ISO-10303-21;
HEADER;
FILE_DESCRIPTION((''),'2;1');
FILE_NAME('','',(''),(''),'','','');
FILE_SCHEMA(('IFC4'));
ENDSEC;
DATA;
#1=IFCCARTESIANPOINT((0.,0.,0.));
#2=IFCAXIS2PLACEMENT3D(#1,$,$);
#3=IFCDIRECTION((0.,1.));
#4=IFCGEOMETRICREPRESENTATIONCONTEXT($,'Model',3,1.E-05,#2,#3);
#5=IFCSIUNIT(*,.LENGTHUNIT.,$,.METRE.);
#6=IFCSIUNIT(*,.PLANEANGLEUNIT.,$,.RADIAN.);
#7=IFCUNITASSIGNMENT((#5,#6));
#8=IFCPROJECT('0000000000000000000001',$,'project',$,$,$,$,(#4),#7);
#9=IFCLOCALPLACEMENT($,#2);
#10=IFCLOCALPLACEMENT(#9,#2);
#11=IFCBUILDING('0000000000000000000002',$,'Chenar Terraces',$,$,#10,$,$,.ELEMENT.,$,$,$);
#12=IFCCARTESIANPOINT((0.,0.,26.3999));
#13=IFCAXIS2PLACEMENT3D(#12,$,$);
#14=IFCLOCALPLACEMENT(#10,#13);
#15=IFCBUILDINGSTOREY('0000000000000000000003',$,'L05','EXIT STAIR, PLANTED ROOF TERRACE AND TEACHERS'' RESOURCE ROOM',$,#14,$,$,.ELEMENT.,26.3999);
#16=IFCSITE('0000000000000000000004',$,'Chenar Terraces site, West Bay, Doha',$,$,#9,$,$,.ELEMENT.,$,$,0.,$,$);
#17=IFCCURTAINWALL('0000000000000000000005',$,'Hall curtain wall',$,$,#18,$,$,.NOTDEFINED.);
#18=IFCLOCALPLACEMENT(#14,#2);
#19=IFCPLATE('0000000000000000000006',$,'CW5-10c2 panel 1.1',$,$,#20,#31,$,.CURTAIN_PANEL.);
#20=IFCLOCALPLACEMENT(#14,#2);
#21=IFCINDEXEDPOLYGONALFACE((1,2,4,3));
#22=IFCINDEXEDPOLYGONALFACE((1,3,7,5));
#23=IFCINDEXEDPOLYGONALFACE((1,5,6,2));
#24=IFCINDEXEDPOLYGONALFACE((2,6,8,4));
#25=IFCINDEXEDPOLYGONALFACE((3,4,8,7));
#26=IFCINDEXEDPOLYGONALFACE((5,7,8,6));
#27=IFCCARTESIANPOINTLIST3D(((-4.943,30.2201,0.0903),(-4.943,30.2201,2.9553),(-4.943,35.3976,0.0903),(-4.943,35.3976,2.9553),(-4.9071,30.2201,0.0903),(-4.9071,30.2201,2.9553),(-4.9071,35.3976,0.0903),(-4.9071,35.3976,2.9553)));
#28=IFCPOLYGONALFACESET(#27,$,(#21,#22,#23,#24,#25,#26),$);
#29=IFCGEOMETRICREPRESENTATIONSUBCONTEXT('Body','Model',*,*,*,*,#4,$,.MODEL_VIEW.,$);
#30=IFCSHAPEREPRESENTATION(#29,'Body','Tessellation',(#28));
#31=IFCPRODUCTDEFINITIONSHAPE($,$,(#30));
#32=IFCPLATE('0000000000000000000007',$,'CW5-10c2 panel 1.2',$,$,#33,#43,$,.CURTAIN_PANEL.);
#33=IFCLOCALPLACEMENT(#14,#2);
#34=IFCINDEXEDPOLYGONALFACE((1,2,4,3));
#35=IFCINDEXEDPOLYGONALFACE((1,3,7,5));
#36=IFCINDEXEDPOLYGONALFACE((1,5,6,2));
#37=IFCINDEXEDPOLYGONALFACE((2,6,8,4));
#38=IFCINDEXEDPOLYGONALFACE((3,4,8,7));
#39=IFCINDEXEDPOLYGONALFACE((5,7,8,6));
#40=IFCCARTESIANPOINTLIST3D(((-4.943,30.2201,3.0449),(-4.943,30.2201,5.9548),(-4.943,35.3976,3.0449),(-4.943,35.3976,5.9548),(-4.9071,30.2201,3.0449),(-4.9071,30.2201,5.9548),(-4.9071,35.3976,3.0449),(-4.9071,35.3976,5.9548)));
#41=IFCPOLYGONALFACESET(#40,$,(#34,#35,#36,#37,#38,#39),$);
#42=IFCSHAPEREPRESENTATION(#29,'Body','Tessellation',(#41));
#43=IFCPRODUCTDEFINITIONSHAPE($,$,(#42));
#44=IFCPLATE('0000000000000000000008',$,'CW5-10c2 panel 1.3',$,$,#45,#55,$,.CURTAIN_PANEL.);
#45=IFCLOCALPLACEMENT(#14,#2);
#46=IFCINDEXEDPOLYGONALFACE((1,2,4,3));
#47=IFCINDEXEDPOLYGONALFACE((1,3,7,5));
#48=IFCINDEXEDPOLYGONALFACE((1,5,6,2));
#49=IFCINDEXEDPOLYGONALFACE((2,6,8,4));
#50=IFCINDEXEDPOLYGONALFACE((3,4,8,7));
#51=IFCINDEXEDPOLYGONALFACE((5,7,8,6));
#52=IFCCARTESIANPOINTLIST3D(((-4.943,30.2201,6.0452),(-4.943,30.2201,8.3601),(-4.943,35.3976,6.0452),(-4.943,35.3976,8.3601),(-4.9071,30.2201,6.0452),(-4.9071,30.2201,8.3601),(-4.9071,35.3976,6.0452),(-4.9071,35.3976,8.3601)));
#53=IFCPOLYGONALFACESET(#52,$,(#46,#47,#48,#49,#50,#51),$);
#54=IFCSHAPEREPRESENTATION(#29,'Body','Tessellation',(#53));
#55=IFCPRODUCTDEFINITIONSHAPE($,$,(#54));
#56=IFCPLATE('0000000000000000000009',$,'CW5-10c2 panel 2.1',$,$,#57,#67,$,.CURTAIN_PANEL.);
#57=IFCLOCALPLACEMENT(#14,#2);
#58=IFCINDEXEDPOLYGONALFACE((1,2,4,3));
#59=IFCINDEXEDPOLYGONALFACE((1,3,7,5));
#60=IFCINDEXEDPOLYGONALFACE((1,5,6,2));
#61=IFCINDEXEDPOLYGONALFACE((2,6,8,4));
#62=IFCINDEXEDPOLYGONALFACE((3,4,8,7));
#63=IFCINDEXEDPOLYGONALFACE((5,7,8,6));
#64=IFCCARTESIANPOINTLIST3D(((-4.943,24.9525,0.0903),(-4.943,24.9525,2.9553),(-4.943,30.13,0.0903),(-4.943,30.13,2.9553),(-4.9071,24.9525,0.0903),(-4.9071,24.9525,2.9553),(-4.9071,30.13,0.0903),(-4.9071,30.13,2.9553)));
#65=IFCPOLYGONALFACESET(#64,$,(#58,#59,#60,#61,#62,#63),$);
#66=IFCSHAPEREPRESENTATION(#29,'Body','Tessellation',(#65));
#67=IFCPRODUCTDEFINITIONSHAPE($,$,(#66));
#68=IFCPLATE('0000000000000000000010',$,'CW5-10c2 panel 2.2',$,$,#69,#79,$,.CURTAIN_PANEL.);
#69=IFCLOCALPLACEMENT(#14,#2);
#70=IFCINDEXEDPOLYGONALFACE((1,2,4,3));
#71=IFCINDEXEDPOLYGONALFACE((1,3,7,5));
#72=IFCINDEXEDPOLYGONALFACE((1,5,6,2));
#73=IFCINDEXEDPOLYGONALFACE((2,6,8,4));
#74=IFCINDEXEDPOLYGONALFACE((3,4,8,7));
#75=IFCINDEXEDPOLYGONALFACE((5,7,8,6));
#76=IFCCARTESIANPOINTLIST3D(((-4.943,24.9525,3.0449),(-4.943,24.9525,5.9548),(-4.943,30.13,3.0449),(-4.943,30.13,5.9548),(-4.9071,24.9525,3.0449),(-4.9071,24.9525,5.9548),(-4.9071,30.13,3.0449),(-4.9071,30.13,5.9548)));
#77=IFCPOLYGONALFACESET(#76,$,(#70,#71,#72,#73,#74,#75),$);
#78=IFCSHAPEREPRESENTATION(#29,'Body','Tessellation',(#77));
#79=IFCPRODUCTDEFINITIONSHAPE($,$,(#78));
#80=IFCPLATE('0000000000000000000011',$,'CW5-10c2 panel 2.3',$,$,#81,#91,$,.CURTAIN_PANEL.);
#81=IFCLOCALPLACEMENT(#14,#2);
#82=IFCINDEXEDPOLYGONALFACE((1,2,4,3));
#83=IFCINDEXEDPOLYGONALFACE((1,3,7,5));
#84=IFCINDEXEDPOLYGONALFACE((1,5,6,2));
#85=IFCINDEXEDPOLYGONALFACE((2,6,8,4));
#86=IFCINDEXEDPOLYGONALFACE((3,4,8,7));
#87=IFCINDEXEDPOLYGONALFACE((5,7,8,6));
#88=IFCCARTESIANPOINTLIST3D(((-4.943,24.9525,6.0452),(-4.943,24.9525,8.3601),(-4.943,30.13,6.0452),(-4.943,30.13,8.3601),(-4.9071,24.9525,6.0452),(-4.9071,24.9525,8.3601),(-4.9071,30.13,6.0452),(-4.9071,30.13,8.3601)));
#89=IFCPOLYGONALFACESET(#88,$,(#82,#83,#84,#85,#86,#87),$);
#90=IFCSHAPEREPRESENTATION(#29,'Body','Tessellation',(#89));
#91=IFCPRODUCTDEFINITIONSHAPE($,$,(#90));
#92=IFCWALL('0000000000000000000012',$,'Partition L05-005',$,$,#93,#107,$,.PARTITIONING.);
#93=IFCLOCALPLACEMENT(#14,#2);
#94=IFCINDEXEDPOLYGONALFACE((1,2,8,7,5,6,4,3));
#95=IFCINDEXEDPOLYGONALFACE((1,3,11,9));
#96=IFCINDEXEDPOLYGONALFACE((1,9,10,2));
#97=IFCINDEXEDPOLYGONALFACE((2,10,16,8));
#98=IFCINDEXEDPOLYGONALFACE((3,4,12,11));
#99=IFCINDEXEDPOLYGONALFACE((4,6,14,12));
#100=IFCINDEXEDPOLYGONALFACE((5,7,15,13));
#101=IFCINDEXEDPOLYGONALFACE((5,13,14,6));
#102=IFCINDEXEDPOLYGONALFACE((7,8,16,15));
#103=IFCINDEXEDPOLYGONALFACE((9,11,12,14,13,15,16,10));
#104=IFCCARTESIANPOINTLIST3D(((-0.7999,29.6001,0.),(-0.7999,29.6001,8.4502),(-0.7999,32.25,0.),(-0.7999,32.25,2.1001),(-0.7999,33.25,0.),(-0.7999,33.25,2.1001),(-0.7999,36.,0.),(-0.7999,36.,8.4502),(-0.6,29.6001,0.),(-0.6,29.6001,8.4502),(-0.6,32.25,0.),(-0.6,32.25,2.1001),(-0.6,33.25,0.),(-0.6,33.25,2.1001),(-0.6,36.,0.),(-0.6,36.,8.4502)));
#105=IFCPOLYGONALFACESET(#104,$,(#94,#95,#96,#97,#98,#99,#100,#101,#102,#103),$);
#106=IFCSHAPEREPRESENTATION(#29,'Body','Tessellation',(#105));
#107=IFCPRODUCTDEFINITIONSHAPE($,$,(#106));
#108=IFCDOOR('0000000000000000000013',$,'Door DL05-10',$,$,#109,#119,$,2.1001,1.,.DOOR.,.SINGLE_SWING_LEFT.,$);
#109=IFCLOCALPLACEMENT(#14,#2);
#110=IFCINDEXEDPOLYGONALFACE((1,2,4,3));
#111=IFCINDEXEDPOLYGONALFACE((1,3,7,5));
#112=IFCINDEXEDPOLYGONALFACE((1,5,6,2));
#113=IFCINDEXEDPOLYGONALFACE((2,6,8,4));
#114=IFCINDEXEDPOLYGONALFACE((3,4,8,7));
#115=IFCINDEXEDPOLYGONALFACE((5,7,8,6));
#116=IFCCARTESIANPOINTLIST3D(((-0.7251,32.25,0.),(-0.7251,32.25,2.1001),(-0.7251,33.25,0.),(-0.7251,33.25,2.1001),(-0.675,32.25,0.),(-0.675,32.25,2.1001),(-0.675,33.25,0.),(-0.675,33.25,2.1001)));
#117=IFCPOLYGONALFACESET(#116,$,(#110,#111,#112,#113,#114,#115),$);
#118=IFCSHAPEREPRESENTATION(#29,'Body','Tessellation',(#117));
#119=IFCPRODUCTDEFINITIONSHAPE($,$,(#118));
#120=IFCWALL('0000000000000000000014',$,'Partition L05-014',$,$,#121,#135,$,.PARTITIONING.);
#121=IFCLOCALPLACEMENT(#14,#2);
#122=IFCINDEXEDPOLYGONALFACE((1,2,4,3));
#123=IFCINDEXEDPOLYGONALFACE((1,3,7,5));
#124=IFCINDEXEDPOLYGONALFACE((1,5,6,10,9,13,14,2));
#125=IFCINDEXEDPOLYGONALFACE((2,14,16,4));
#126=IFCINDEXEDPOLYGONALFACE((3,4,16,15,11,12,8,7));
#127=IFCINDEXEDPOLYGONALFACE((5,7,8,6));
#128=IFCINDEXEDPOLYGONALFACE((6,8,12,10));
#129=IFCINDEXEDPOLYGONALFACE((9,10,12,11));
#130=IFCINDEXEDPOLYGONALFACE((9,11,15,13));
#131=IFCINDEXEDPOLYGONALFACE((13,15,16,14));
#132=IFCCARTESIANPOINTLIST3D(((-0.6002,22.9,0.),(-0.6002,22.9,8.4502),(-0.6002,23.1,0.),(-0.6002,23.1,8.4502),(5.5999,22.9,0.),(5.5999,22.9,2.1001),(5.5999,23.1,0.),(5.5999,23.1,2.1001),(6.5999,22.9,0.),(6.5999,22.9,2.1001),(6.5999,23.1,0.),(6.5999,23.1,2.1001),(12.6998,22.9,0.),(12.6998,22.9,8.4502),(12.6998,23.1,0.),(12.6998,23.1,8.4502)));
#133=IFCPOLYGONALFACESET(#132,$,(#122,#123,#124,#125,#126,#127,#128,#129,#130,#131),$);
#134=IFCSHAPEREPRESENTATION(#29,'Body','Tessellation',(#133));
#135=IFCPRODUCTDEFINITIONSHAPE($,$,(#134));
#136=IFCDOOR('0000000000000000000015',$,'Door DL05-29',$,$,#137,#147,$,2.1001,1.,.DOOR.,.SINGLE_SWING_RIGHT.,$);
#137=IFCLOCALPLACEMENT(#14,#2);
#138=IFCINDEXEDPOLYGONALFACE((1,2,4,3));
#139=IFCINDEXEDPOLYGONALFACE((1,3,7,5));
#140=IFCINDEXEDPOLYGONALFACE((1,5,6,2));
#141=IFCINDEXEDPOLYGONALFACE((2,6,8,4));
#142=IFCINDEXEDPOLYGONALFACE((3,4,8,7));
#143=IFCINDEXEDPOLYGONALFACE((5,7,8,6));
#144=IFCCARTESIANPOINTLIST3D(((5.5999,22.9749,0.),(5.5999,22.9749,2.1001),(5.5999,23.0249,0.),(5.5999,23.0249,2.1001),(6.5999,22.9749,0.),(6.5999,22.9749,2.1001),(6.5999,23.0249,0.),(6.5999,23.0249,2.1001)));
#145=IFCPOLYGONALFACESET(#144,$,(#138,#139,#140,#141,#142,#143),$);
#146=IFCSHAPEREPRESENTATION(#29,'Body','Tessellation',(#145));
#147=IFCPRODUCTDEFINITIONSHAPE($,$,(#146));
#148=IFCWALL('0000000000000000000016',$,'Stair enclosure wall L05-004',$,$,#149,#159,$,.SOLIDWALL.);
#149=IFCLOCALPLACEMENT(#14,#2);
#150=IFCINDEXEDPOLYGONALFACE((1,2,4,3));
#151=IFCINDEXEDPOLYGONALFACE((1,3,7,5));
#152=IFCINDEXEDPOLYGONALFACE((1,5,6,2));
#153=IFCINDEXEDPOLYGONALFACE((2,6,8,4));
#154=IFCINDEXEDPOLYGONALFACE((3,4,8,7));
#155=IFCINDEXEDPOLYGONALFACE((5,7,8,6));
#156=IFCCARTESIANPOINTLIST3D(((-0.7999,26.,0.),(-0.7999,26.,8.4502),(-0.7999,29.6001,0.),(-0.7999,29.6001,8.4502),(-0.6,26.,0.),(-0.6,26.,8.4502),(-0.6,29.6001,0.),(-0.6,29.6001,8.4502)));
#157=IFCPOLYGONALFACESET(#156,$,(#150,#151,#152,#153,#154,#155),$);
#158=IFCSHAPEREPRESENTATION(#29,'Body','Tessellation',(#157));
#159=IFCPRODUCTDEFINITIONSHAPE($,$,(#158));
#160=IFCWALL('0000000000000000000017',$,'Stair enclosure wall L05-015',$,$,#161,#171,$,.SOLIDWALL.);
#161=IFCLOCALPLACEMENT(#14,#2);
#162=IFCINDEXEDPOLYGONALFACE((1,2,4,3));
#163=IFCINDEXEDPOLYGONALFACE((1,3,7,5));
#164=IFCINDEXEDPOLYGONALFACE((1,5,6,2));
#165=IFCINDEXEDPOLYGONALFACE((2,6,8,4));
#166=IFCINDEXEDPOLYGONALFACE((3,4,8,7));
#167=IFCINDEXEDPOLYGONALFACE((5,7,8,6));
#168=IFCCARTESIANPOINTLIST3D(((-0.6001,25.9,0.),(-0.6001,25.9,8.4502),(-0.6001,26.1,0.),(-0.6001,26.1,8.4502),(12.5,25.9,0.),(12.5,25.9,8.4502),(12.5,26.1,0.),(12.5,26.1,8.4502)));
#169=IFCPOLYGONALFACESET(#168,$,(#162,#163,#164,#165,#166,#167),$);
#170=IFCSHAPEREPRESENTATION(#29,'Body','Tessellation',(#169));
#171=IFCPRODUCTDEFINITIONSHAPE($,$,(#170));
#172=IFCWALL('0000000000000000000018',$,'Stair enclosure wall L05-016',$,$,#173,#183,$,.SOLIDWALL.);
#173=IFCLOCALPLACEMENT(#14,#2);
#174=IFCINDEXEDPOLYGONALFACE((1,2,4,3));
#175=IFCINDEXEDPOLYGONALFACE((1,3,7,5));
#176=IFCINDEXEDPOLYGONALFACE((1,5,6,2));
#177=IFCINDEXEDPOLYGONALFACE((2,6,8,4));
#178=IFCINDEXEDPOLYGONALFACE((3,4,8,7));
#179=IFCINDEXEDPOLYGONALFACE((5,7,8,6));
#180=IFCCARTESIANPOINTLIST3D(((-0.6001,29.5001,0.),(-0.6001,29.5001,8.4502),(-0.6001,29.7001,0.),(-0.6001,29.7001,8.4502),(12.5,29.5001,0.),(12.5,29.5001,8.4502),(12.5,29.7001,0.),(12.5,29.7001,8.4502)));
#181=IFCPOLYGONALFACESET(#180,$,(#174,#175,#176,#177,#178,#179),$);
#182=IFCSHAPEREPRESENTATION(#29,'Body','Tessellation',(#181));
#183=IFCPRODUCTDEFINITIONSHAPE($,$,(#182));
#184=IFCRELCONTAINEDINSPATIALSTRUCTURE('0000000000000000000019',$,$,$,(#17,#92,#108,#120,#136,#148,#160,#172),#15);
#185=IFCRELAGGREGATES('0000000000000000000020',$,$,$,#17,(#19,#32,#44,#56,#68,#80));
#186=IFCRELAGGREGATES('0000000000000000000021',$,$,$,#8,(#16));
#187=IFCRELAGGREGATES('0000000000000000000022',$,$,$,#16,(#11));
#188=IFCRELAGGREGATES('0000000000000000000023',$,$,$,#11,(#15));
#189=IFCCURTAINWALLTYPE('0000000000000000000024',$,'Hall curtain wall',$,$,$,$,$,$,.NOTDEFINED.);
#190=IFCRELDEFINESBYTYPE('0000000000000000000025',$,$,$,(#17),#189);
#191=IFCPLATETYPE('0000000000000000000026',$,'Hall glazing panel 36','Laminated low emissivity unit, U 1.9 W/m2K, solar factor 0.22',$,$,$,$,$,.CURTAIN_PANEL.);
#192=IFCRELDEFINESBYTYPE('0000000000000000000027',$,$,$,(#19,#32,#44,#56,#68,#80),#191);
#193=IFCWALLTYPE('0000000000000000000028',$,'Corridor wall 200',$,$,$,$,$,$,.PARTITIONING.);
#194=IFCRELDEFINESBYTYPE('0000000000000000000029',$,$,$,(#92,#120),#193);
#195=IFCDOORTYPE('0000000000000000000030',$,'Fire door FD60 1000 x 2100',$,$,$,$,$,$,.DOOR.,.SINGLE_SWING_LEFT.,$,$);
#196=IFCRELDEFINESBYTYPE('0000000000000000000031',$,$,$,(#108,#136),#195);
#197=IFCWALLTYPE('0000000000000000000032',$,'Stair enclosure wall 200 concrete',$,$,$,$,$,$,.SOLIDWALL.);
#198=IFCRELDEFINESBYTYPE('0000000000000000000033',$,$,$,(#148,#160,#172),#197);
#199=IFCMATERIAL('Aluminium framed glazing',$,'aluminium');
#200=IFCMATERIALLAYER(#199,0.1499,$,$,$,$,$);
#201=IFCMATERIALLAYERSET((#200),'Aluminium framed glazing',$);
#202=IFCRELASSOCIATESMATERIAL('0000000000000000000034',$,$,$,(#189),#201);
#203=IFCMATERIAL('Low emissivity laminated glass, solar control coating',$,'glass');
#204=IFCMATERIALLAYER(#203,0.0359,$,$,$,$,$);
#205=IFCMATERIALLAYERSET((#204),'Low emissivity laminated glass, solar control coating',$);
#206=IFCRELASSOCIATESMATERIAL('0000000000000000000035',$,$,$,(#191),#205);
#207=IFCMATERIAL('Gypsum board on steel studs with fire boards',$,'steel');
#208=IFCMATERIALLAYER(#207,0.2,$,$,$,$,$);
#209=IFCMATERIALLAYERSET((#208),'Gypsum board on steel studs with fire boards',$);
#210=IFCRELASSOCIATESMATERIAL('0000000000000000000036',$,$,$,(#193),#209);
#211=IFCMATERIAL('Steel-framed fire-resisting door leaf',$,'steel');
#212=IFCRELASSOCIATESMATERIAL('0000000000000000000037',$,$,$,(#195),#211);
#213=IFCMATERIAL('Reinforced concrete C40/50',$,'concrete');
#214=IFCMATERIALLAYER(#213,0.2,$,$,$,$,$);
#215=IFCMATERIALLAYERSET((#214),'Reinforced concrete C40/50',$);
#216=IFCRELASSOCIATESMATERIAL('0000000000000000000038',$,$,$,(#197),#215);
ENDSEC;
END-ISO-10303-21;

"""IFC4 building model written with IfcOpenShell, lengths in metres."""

from ifc_helpers import new_model, si_unit, direction, frame, frame_2d, origin, origin_2d, place, context, subcontext, project, spatial, rectangle, extrude, material, layer, layer_set, type_object, element, fill, aggregate, save


model = new_model("IFC4")

# Units and contexts
model_context = context("Model", 3, precision=1e-05, world=origin(), true_north=direction((0.0, 1.0)))
body_context = subcontext(model_context, "Body", "Model", "MODEL_VIEW")
ifc_project = project(units=[si_unit("LENGTHUNIT", "METRE"), si_unit("PLANEANGLEUNIT", "RADIAN")], contexts=[model_context])

# Site, building, storey
site_placement = place(None, origin())
site = spatial("IfcSite", under=ifc_project, at=site_placement, Name="Chenar Terraces site, West Bay, Doha", CompositionType="ELEMENT", RefElevation=0.0)
building_placement = place(site_placement, origin())
building = spatial("IfcBuilding", under=site, at=building_placement, Name="Chenar Terraces", CompositionType="ELEMENT")
storey_placement = place(building_placement, frame((0.0, 0.0, 26.3999)))
storey = spatial("IfcBuildingStorey", under=building, at=storey_placement, Name="L05", Description="EXIT STAIR, PLANTED ROOF TERRACE AND TEACHERS' RESOURCE ROOM", CompositionType="ELEMENT", Elevation=26.3999)

# Curtain wall
ifc_material_1 = material(Name="Aluminium framed glazing", Category="aluminium")
ifc_layer_1 = layer(ifc_material_1, 0.1499)
ifc_layer_set_1 = layer_set([ifc_layer_1], Name="Aluminium framed glazing")
curtain_wall_type = type_object("IfcCurtainWallType", Name="Hall curtain wall", PredefinedType="NOTDEFINED", material=ifc_layer_set_1)
placement = place(storey_placement, origin())
curtain_wall_1 = element("IfcCurtainWall", 1, at=placement, inside=storey, type_object=curtain_wall_type, Name="Hall curtain wall", PredefinedType="NOTDEFINED")

# Plates
ifc_material_2 = material(Name="Low emissivity laminated glass, solar control coating", Category="glass")
ifc_layer_2 = layer(ifc_material_2, 0.0359)
ifc_layer_set_2 = layer_set([ifc_layer_2], Name="Low emissivity laminated glass, solar control coating")
plate_type = type_object("IfcPlateType", Name="Hall glazing panel 36", Description="Laminated low emissivity unit, U 1.9 W/m2K, solar factor 0.22", PredefinedType="CURTAIN_PANEL", material=ifc_layer_set_2)
plate_1_placement = place(storey_placement, frame((-4.925, 32.8088, 0.0903), z_axis=(0.0, 0.0, 1.0), x_axis=(0.0, -1.0, 0.0)))
plate_1 = element("IfcPlate", 2, at=plate_1_placement, type_object=plate_type, Name="CW5-10c2 panel 1.1", PredefinedType="CURTAIN_PANEL", context=body_context, shape_type="SweptSolid", body=[
    extrude(rectangle(XDim=5.1775, YDim=0.0359, at=origin_2d()), origin(), (0.0, 0.0, 1.0), 2.865),
])
plate_2_placement = place(storey_placement, frame((-4.925, 32.8088, 3.0449), z_axis=(0.0, 0.0, 1.0), x_axis=(0.0, -1.0, 0.0)))
plate_2 = element("IfcPlate", 3, at=plate_2_placement, type_object=plate_type, Name="CW5-10c2 panel 1.2", PredefinedType="CURTAIN_PANEL", context=body_context, shape_type="SweptSolid", body=[
    extrude(rectangle(XDim=5.1775, YDim=0.0359, at=origin_2d()), origin(), (0.0, 0.0, 1.0), 2.9099),
])
plate_3_placement = place(storey_placement, frame((-4.925, 32.8088, 6.0452), z_axis=(0.0, 0.0, 1.0), x_axis=(0.0, -1.0, 0.0)))
plate_3 = element("IfcPlate", 4, at=plate_3_placement, type_object=plate_type, Name="CW5-10c2 panel 1.3", PredefinedType="CURTAIN_PANEL", context=body_context, shape_type="SweptSolid", body=[
    extrude(rectangle(XDim=5.1775, YDim=0.0359, at=origin_2d()), origin(), (0.0, 0.0, 1.0), 2.3149),
])
plate_4_placement = place(storey_placement, frame((-4.925, 27.5413, 0.0903), z_axis=(0.0, 0.0, 1.0), x_axis=(0.0, -1.0, 0.0)))
plate_4 = element("IfcPlate", 5, at=plate_4_placement, type_object=plate_type, Name="CW5-10c2 panel 2.1", PredefinedType="CURTAIN_PANEL", context=body_context, shape_type="SweptSolid", body=[
    extrude(rectangle(XDim=5.1775, YDim=0.0359, at=origin_2d()), origin(), (0.0, 0.0, 1.0), 2.865),
])
plate_5_placement = place(storey_placement, frame((-4.925, 27.5413, 3.0449), z_axis=(0.0, 0.0, 1.0), x_axis=(0.0, -1.0, 0.0)))
plate_5 = element("IfcPlate", 6, at=plate_5_placement, type_object=plate_type, Name="CW5-10c2 panel 2.2", PredefinedType="CURTAIN_PANEL", context=body_context, shape_type="SweptSolid", body=[
    extrude(rectangle(XDim=5.1775, YDim=0.0359, at=origin_2d()), origin(), (0.0, 0.0, 1.0), 2.9099),
])
plate_6_placement = place(storey_placement, frame((-4.925, 27.5413, 6.0452), z_axis=(0.0, 0.0, 1.0), x_axis=(0.0, -1.0, 0.0)))
plate_6 = element("IfcPlate", 7, at=plate_6_placement, type_object=plate_type, Name="CW5-10c2 panel 2.3", PredefinedType="CURTAIN_PANEL", context=body_context, shape_type="SweptSolid", body=[
    extrude(rectangle(XDim=5.1775, YDim=0.0359, at=origin_2d()), origin(), (0.0, 0.0, 1.0), 2.3149),
])
aggregate(curtain_wall_1, [plate_1, plate_2, plate_3, plate_4, plate_5, plate_6])

# Walls, openings, doors
ifc_material_3 = material(Name="Gypsum board on steel studs with fire boards", Category="steel")
ifc_layer_3 = layer(ifc_material_3, 0.2)
ifc_layer_set_3 = layer_set([ifc_layer_3], Name="Gypsum board on steel studs with fire boards")
wall_type_1 = type_object("IfcWallType", Name="Corridor wall 200", PredefinedType="PARTITIONING", material=ifc_layer_set_3)
wall_1_placement = place(storey_placement, frame((-0.7, 29.6001, 0.0), z_axis=(0.0, 0.0, 1.0), x_axis=(0.0, 1.0, 0.0)))
wall_1 = element("IfcWall", 8, at=wall_1_placement, inside=storey, type_object=wall_type_1, Name="Partition L05-005", PredefinedType="PARTITIONING", context=body_context, shape_type="SweptSolid", body=[
    extrude(rectangle(XDim=6.3999, YDim=0.2, at=frame_2d((3.2, 0.0))), origin(), (0.0, 0.0, 1.0), 8.4502),
])
opening_1_placement = place(wall_1_placement, frame((2.6499, 0.0, 0.0)))
opening_1 = element("IfcOpeningElement", 9, at=opening_1_placement, cuts=wall_1, PredefinedType="OPENING", context=body_context, shape_type="SweptSolid", body=[
    extrude(rectangle(XDim=1.0, YDim=2.1001, at=frame_2d((0.5, 1.05))), frame((0.0, 0.1099, 0.0), z_axis=(0.0, -1.0, 0.0), x_axis=(1.0, 0.0, 0.0)), (0.0, 0.0, 1.0), 0.22),
])
ifc_material_4 = material(Name="Steel-framed fire-resisting door leaf", Category="steel")
door_type_1 = type_object("IfcDoorType", Name="Fire door FD60 1000 x 2100", OperationType="SINGLE_SWING_LEFT", PredefinedType="DOOR", material=ifc_material_4)
door_1_placement = place(opening_1_placement, frame((1.0, 0.0, 0.0), z_axis=(0.0, 0.0, 1.0), x_axis=(-1.0, 0.0, 0.0)))
door_1 = element("IfcDoor", 10, at=door_1_placement, inside=storey, type_object=door_type_1, Name="Door DL05-10", OperationType="SINGLE_SWING_LEFT", OverallHeight=2.1001, OverallWidth=1.0, PredefinedType="DOOR", context=body_context, shape_type="SweptSolid", body=[
    extrude(rectangle(XDim=1.0, YDim=2.1001, at=frame_2d((0.5, 1.05))), frame((0.0, 0.0249, 0.0), z_axis=(0.0, -1.0, 0.0), x_axis=(1.0, 0.0, 0.0)), (0.0, 0.0, 1.0), 0.05),
])
fill(opening_1, door_1)
wall_2_placement = place(storey_placement, frame((-0.6001, 23.0, 0.0), z_axis=(0.0, 0.0, 1.0), x_axis=(1.0, 0.0, 0.0)))
wall_2 = element("IfcWall", 11, at=wall_2_placement, inside=storey, type_object=wall_type_1, Name="Partition L05-014", PredefinedType="PARTITIONING", context=body_context, shape_type="SweptSolid", body=[
    extrude(rectangle(XDim=13.3, YDim=0.2, at=frame_2d((6.6499, 0.0))), origin(), (0.0, 0.0, 1.0), 8.4502),
])
opening_2_placement = place(wall_2_placement, frame((6.2, 0.0, 0.0)))
opening_2 = element("IfcOpeningElement", 12, at=opening_2_placement, cuts=wall_2, PredefinedType="OPENING", context=body_context, shape_type="SweptSolid", body=[
    extrude(rectangle(XDim=1.0, YDim=2.1001, at=frame_2d((0.5, 1.05))), frame((0.0, 0.1099, 0.0), z_axis=(0.0, -1.0, 0.0), x_axis=(1.0, 0.0, 0.0)), (0.0, 0.0, 1.0), 0.22),
])
door_2_placement = place(opening_2_placement, origin())
door_2 = element("IfcDoor", 13, at=door_2_placement, inside=storey, type_object=door_type_1, Name="Door DL05-29", OperationType="SINGLE_SWING_RIGHT", OverallHeight=2.1001, OverallWidth=1.0, PredefinedType="DOOR", context=body_context, shape_type="SweptSolid", body=[
    extrude(rectangle(XDim=1.0, YDim=2.1001, at=frame_2d((0.5, 1.05))), frame((0.0, 0.0249, 0.0), z_axis=(0.0, -1.0, 0.0), x_axis=(1.0, 0.0, 0.0)), (0.0, 0.0, 1.0), 0.05),
])
fill(opening_2, door_2)

# Walls
ifc_material_5 = material(Name="Reinforced concrete C40/50", Category="concrete")
ifc_layer_4 = layer(ifc_material_5, 0.2)
ifc_layer_set_4 = layer_set([ifc_layer_4], Name="Reinforced concrete C40/50")
wall_type_2 = type_object("IfcWallType", Name="Stair enclosure wall 200 concrete", PredefinedType="SOLIDWALL", material=ifc_layer_set_4)
wall_3_placement = place(storey_placement, frame((-0.7, 26.0, 0.0), z_axis=(0.0, 0.0, 1.0), x_axis=(0.0, 1.0, 0.0)))
element("IfcWall", 14, at=wall_3_placement, inside=storey, type_object=wall_type_2, Name="Stair enclosure wall L05-004", PredefinedType="SOLIDWALL", context=body_context, shape_type="SweptSolid", body=[
    extrude(rectangle(XDim=3.6001, YDim=0.2, at=frame_2d((1.8, 0.0))), origin(), (0.0, 0.0, 1.0), 8.4502),
])
for number, where, z_axis, x_axis, name in (
    (15, (-0.6001, 26.0, 0.0), (0.0, 0.0, 1.0), (1.0, 0.0, 0.0), "Stair enclosure wall L05-015"),
    (16, (-0.6001, 29.6001, 0.0), (0.0, 0.0, 1.0), (1.0, 0.0, 0.0), "Stair enclosure wall L05-016"),
):
    element("IfcWall", number, at=place(storey_placement, frame(where, z_axis=z_axis, x_axis=x_axis)), inside=storey, type_object=wall_type_2, Name=name, PredefinedType="SOLIDWALL", context=body_context, shape_type="SweptSolid", body=[
        extrude(rectangle(XDim=13.1001, YDim=0.2, at=frame_2d((6.55, 0.0))), origin(), (0.0, 0.0, 1.0), 8.4502),
    ])

save(model, "model.ifc")
